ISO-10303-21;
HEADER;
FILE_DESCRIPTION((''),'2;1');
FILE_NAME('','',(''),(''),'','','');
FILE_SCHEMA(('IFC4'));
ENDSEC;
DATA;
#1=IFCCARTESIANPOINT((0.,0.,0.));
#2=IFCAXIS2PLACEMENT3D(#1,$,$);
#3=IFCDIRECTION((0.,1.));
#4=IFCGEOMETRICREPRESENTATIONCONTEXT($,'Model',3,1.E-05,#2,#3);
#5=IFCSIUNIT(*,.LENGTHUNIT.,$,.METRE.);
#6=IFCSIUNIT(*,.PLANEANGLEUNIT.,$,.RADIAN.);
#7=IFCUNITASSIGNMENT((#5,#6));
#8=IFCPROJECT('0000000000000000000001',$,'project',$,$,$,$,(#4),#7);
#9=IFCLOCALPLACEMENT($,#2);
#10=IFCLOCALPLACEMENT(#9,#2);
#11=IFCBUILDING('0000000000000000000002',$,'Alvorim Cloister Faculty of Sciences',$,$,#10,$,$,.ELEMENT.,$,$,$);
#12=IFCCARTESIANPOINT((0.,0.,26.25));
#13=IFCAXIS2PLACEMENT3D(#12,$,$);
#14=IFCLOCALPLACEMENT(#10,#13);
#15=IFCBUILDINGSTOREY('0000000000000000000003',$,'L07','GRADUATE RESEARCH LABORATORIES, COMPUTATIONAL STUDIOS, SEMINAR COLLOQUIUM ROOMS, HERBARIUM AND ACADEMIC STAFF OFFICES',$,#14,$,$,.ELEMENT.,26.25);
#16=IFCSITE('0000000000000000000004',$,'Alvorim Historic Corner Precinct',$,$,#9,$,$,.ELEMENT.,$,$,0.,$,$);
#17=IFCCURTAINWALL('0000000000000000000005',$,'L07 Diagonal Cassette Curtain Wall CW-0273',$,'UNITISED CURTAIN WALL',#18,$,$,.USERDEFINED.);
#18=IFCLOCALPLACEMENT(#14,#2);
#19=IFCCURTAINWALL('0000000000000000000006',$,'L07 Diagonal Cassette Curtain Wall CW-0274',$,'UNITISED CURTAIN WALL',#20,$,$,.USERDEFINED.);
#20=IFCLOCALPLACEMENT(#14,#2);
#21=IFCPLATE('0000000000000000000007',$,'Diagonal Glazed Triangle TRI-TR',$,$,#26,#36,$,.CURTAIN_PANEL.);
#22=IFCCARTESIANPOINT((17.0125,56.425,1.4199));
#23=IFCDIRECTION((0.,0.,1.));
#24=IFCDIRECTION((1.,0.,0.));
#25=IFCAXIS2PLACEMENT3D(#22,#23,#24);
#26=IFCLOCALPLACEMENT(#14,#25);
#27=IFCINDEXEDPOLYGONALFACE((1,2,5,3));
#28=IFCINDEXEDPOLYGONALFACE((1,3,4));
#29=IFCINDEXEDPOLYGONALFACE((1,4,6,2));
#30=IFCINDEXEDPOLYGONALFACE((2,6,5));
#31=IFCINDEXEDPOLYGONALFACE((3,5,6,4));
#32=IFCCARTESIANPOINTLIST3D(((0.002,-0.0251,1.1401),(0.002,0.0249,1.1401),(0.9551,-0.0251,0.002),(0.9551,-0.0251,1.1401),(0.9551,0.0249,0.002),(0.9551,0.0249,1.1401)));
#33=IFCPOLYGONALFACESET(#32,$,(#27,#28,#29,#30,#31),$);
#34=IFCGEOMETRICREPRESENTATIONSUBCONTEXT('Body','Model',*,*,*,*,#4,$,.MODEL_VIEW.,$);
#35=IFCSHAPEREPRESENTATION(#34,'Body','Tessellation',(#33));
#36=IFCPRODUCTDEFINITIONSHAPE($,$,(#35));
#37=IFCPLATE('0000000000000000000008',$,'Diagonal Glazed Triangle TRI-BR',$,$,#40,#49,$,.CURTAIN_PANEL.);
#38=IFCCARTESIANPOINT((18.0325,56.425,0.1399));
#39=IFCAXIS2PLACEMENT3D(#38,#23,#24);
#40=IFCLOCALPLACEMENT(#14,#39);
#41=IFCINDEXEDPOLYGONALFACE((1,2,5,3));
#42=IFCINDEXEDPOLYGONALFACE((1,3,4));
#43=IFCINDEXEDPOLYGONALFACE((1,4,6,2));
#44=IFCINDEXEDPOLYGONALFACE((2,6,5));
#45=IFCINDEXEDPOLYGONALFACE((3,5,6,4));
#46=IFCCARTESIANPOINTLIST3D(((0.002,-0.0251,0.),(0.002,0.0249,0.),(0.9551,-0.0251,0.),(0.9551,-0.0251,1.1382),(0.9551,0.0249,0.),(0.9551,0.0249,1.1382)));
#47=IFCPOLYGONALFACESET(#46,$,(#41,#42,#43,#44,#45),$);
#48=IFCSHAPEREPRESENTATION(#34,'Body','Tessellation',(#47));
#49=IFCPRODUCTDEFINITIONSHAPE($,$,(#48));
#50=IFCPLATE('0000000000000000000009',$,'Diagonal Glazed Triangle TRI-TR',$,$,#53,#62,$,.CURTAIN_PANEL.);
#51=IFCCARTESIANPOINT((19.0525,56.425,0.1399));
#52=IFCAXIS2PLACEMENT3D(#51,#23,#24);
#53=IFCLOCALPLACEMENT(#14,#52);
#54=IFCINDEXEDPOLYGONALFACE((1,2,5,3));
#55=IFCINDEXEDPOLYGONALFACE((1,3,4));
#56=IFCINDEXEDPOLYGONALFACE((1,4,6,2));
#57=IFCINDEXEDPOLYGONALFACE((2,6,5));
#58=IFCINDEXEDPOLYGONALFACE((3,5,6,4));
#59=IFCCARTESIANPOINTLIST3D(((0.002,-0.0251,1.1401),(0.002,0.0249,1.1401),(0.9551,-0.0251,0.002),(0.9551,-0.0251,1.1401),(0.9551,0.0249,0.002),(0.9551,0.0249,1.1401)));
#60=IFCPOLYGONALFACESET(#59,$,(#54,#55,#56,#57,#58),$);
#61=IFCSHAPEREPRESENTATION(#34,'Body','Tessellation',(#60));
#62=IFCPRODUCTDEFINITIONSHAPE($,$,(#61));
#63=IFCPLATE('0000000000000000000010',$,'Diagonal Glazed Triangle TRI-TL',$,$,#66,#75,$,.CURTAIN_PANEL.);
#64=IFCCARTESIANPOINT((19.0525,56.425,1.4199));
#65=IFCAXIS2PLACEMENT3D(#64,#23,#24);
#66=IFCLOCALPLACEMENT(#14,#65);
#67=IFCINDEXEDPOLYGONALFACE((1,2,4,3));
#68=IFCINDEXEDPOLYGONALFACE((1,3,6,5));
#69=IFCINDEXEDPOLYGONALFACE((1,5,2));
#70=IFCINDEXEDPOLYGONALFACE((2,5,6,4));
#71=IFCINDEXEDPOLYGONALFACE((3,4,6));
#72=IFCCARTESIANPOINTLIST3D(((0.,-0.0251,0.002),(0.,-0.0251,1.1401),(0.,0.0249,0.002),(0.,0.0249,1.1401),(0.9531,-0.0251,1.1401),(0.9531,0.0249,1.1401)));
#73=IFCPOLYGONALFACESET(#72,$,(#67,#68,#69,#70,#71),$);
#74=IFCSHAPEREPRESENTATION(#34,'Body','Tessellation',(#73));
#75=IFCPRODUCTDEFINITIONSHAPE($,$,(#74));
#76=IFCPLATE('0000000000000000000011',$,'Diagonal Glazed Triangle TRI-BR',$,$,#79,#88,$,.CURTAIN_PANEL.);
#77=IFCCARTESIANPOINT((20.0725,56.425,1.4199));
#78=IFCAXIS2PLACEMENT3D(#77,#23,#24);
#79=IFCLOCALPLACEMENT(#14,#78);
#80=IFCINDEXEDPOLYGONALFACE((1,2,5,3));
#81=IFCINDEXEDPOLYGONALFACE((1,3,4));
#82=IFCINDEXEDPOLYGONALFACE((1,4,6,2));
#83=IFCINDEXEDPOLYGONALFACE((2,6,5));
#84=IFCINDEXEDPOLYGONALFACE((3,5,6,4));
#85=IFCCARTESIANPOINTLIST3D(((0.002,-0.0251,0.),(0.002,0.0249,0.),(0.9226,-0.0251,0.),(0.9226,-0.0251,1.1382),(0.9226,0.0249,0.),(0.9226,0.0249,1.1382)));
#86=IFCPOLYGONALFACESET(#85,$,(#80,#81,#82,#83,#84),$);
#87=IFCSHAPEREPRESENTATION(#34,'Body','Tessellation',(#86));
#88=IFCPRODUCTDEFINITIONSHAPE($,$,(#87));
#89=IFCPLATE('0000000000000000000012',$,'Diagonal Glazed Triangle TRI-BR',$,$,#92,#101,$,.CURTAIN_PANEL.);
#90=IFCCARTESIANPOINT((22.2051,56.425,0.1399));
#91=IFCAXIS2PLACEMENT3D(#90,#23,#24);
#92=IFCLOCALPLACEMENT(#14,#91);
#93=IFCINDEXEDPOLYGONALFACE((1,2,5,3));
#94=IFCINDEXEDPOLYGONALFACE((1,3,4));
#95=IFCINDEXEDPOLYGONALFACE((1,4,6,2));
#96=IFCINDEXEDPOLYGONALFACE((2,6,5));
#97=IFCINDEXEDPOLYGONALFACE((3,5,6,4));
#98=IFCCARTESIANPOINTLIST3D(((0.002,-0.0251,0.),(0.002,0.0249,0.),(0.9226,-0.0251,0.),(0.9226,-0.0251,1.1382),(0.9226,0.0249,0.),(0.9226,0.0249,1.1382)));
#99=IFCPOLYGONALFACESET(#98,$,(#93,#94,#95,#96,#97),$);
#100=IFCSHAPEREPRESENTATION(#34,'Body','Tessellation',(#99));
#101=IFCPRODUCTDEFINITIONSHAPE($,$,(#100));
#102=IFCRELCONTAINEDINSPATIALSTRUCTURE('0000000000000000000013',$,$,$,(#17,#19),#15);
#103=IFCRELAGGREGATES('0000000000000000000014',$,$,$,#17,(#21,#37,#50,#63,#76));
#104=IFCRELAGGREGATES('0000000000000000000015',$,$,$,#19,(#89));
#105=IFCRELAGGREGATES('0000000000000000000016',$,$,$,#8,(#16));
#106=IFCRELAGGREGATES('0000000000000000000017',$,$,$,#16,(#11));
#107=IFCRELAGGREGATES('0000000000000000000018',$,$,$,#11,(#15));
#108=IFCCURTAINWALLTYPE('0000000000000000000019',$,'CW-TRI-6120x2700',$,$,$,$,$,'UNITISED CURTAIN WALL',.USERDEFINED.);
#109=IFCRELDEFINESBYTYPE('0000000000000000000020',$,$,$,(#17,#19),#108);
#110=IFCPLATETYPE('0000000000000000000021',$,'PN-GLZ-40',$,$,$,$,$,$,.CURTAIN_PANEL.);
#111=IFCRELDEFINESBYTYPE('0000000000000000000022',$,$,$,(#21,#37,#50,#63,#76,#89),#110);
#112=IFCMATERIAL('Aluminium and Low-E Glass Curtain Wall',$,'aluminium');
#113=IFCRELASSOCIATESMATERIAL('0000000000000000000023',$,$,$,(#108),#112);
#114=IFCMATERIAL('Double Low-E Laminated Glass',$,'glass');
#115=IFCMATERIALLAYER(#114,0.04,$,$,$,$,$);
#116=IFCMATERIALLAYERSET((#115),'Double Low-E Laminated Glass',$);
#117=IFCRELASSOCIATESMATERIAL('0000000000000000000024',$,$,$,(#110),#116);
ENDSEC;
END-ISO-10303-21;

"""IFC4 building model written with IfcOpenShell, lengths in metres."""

from ifc_helpers import new_model, si_unit, direction, frame, origin, place, context, subcontext, project, spatial, polyline, outline, extrude, material, layer, layer_set, type_object, element, aggregate, save


model = new_model("IFC4")

# Units and contexts
model_context = context("Model", 3, precision=1e-05, world=origin(), true_north=direction((0.0, 1.0)))
body_context = subcontext(model_context, "Body", "Model", "MODEL_VIEW")
ifc_project = project(units=[si_unit("LENGTHUNIT", "METRE"), si_unit("PLANEANGLEUNIT", "RADIAN")], contexts=[model_context])

# Site, building, storey
site_placement = place(None, origin())
site = spatial("IfcSite", under=ifc_project, at=site_placement, Name="Alvorim Historic Corner Precinct", CompositionType="ELEMENT", RefElevation=0.0)
building_placement = place(site_placement, origin())
building = spatial("IfcBuilding", under=site, at=building_placement, Name="Alvorim Cloister Faculty of Sciences", CompositionType="ELEMENT")
storey_placement = place(building_placement, frame((0.0, 0.0, 26.25)))
storey = spatial("IfcBuildingStorey", under=building, at=storey_placement, Name="L07", Description="GRADUATE RESEARCH LABORATORIES, COMPUTATIONAL STUDIOS, SEMINAR COLLOQUIUM ROOMS, HERBARIUM AND ACADEMIC STAFF OFFICES", CompositionType="ELEMENT", Elevation=26.25)

# Curtain walls
ifc_material_1 = material(Name="Aluminium and Low-E Glass Curtain Wall", Category="aluminium")
curtain_wall_type = type_object("IfcCurtainWallType", Name="CW-TRI-6120x2700", ElementType="UNITISED CURTAIN WALL", PredefinedType="USERDEFINED", material=ifc_material_1)
curtain_wall_1_placement = place(storey_placement, origin())
curtain_wall_1 = element("IfcCurtainWall", 1, at=curtain_wall_1_placement, inside=storey, type_object=curtain_wall_type, Name="L07 Diagonal Cassette Curtain Wall CW-0273", ObjectType="UNITISED CURTAIN WALL", PredefinedType="USERDEFINED")
curtain_wall_2_placement = place(storey_placement, origin())
curtain_wall_2 = element("IfcCurtainWall", 2, at=curtain_wall_2_placement, inside=storey, type_object=curtain_wall_type, Name="L07 Diagonal Cassette Curtain Wall CW-0274", ObjectType="UNITISED CURTAIN WALL", PredefinedType="USERDEFINED")

# Plates
ifc_material_2 = material(Name="Double Low-E Laminated Glass", Category="glass")
ifc_layer_1 = layer(ifc_material_2, 0.04)
ifc_layer_set_1 = layer_set([ifc_layer_1], Name="Double Low-E Laminated Glass")
plate_type = type_object("IfcPlateType", Name="PN-GLZ-40", PredefinedType="CURTAIN_PANEL", material=ifc_layer_set_1)
plate_1_placement = place(storey_placement, frame((17.0125, 56.425, 1.4199), z_axis=(0.0, 0.0, 1.0), x_axis=(1.0, 0.0, 0.0)))
plate_1 = element("IfcPlate", 3, at=plate_1_placement, type_object=plate_type, Name="Diagonal Glazed Triangle TRI-TR", PredefinedType="CURTAIN_PANEL", context=body_context, shape_type="SweptSolid", body=[
    extrude(outline(polyline([(0.9551, 0.002), (0.9551, 1.1401), (0.002, 1.1401), (0.9551, 0.002)])), frame((0.0, 0.0249, 0.0), z_axis=(0.0, -1.0, 0.0), x_axis=(1.0, 0.0, 0.0)), (0.0, 0.0, 1.0), 0.05),
])
plate_2_placement = place(storey_placement, frame((18.0325, 56.425, 0.1399), z_axis=(0.0, 0.0, 1.0), x_axis=(1.0, 0.0, 0.0)))
plate_2 = element("IfcPlate", 4, at=plate_2_placement, type_object=plate_type, Name="Diagonal Glazed Triangle TRI-BR", PredefinedType="CURTAIN_PANEL", context=body_context, shape_type="SweptSolid", body=[
    extrude(outline(polyline([(0.002, 0.0), (0.9551, 0.0), (0.9551, 1.1382), (0.002, 0.0)])), frame((0.0, 0.0249, 0.0), z_axis=(0.0, -1.0, 0.0), x_axis=(1.0, 0.0, 0.0)), (0.0, 0.0, 1.0), 0.05),
])
plate_3_placement = place(storey_placement, frame((19.0525, 56.425, 0.1399), z_axis=(0.0, 0.0, 1.0), x_axis=(1.0, 0.0, 0.0)))
plate_3 = element("IfcPlate", 5, at=plate_3_placement, type_object=plate_type, Name="Diagonal Glazed Triangle TRI-TR", PredefinedType="CURTAIN_PANEL", context=body_context, shape_type="SweptSolid", body=[
    extrude(outline(polyline([(0.9551, 0.002), (0.9551, 1.1401), (0.002, 1.1401), (0.9551, 0.002)])), frame((0.0, 0.0249, 0.0), z_axis=(0.0, -1.0, 0.0), x_axis=(1.0, 0.0, 0.0)), (0.0, 0.0, 1.0), 0.05),
])
plate_4_placement = place(storey_placement, frame((19.0525, 56.425, 1.4199), z_axis=(0.0, 0.0, 1.0), x_axis=(1.0, 0.0, 0.0)))
plate_4 = element("IfcPlate", 6, at=plate_4_placement, type_object=plate_type, Name="Diagonal Glazed Triangle TRI-TL", PredefinedType="CURTAIN_PANEL", context=body_context, shape_type="SweptSolid", body=[
    extrude(outline(polyline([(0.9531, 1.1401), (0.0, 1.1401), (0.0, 0.002), (0.9531, 1.1401)])), frame((0.0, 0.0249, 0.0), z_axis=(0.0, -1.0, 0.0), x_axis=(1.0, 0.0, 0.0)), (0.0, 0.0, 1.0), 0.05),
])
plate_5_placement = place(storey_placement, frame((20.0725, 56.425, 1.4199), z_axis=(0.0, 0.0, 1.0), x_axis=(1.0, 0.0, 0.0)))
plate_5 = element("IfcPlate", 7, at=plate_5_placement, type_object=plate_type, Name="Diagonal Glazed Triangle TRI-BR", PredefinedType="CURTAIN_PANEL", context=body_context, shape_type="SweptSolid", body=[
    extrude(outline(polyline([(0.002, 0.0), (0.9226, 0.0), (0.9226, 1.1382), (0.002, 0.0)])), frame((0.0, 0.0249, 0.0), z_axis=(0.0, -1.0, 0.0), x_axis=(1.0, 0.0, 0.0)), (0.0, 0.0, 1.0), 0.05),
])
aggregate(curtain_wall_1, [plate_1, plate_2, plate_3, plate_4, plate_5])
plate_6_placement = place(storey_placement, frame((22.2051, 56.425, 0.1399), z_axis=(0.0, 0.0, 1.0), x_axis=(1.0, 0.0, 0.0)))
plate_6 = element("IfcPlate", 8, at=plate_6_placement, type_object=plate_type, Name="Diagonal Glazed Triangle TRI-BR", PredefinedType="CURTAIN_PANEL", context=body_context, shape_type="SweptSolid", body=[
    extrude(outline(polyline([(0.002, 0.0), (0.9226, 0.0), (0.9226, 1.1382), (0.002, 0.0)])), frame((0.0, 0.0249, 0.0), z_axis=(0.0, -1.0, 0.0), x_axis=(1.0, 0.0, 0.0)), (0.0, 0.0, 1.0), 0.05),
])
aggregate(curtain_wall_2, [plate_6])

save(model, "model.ifc")
